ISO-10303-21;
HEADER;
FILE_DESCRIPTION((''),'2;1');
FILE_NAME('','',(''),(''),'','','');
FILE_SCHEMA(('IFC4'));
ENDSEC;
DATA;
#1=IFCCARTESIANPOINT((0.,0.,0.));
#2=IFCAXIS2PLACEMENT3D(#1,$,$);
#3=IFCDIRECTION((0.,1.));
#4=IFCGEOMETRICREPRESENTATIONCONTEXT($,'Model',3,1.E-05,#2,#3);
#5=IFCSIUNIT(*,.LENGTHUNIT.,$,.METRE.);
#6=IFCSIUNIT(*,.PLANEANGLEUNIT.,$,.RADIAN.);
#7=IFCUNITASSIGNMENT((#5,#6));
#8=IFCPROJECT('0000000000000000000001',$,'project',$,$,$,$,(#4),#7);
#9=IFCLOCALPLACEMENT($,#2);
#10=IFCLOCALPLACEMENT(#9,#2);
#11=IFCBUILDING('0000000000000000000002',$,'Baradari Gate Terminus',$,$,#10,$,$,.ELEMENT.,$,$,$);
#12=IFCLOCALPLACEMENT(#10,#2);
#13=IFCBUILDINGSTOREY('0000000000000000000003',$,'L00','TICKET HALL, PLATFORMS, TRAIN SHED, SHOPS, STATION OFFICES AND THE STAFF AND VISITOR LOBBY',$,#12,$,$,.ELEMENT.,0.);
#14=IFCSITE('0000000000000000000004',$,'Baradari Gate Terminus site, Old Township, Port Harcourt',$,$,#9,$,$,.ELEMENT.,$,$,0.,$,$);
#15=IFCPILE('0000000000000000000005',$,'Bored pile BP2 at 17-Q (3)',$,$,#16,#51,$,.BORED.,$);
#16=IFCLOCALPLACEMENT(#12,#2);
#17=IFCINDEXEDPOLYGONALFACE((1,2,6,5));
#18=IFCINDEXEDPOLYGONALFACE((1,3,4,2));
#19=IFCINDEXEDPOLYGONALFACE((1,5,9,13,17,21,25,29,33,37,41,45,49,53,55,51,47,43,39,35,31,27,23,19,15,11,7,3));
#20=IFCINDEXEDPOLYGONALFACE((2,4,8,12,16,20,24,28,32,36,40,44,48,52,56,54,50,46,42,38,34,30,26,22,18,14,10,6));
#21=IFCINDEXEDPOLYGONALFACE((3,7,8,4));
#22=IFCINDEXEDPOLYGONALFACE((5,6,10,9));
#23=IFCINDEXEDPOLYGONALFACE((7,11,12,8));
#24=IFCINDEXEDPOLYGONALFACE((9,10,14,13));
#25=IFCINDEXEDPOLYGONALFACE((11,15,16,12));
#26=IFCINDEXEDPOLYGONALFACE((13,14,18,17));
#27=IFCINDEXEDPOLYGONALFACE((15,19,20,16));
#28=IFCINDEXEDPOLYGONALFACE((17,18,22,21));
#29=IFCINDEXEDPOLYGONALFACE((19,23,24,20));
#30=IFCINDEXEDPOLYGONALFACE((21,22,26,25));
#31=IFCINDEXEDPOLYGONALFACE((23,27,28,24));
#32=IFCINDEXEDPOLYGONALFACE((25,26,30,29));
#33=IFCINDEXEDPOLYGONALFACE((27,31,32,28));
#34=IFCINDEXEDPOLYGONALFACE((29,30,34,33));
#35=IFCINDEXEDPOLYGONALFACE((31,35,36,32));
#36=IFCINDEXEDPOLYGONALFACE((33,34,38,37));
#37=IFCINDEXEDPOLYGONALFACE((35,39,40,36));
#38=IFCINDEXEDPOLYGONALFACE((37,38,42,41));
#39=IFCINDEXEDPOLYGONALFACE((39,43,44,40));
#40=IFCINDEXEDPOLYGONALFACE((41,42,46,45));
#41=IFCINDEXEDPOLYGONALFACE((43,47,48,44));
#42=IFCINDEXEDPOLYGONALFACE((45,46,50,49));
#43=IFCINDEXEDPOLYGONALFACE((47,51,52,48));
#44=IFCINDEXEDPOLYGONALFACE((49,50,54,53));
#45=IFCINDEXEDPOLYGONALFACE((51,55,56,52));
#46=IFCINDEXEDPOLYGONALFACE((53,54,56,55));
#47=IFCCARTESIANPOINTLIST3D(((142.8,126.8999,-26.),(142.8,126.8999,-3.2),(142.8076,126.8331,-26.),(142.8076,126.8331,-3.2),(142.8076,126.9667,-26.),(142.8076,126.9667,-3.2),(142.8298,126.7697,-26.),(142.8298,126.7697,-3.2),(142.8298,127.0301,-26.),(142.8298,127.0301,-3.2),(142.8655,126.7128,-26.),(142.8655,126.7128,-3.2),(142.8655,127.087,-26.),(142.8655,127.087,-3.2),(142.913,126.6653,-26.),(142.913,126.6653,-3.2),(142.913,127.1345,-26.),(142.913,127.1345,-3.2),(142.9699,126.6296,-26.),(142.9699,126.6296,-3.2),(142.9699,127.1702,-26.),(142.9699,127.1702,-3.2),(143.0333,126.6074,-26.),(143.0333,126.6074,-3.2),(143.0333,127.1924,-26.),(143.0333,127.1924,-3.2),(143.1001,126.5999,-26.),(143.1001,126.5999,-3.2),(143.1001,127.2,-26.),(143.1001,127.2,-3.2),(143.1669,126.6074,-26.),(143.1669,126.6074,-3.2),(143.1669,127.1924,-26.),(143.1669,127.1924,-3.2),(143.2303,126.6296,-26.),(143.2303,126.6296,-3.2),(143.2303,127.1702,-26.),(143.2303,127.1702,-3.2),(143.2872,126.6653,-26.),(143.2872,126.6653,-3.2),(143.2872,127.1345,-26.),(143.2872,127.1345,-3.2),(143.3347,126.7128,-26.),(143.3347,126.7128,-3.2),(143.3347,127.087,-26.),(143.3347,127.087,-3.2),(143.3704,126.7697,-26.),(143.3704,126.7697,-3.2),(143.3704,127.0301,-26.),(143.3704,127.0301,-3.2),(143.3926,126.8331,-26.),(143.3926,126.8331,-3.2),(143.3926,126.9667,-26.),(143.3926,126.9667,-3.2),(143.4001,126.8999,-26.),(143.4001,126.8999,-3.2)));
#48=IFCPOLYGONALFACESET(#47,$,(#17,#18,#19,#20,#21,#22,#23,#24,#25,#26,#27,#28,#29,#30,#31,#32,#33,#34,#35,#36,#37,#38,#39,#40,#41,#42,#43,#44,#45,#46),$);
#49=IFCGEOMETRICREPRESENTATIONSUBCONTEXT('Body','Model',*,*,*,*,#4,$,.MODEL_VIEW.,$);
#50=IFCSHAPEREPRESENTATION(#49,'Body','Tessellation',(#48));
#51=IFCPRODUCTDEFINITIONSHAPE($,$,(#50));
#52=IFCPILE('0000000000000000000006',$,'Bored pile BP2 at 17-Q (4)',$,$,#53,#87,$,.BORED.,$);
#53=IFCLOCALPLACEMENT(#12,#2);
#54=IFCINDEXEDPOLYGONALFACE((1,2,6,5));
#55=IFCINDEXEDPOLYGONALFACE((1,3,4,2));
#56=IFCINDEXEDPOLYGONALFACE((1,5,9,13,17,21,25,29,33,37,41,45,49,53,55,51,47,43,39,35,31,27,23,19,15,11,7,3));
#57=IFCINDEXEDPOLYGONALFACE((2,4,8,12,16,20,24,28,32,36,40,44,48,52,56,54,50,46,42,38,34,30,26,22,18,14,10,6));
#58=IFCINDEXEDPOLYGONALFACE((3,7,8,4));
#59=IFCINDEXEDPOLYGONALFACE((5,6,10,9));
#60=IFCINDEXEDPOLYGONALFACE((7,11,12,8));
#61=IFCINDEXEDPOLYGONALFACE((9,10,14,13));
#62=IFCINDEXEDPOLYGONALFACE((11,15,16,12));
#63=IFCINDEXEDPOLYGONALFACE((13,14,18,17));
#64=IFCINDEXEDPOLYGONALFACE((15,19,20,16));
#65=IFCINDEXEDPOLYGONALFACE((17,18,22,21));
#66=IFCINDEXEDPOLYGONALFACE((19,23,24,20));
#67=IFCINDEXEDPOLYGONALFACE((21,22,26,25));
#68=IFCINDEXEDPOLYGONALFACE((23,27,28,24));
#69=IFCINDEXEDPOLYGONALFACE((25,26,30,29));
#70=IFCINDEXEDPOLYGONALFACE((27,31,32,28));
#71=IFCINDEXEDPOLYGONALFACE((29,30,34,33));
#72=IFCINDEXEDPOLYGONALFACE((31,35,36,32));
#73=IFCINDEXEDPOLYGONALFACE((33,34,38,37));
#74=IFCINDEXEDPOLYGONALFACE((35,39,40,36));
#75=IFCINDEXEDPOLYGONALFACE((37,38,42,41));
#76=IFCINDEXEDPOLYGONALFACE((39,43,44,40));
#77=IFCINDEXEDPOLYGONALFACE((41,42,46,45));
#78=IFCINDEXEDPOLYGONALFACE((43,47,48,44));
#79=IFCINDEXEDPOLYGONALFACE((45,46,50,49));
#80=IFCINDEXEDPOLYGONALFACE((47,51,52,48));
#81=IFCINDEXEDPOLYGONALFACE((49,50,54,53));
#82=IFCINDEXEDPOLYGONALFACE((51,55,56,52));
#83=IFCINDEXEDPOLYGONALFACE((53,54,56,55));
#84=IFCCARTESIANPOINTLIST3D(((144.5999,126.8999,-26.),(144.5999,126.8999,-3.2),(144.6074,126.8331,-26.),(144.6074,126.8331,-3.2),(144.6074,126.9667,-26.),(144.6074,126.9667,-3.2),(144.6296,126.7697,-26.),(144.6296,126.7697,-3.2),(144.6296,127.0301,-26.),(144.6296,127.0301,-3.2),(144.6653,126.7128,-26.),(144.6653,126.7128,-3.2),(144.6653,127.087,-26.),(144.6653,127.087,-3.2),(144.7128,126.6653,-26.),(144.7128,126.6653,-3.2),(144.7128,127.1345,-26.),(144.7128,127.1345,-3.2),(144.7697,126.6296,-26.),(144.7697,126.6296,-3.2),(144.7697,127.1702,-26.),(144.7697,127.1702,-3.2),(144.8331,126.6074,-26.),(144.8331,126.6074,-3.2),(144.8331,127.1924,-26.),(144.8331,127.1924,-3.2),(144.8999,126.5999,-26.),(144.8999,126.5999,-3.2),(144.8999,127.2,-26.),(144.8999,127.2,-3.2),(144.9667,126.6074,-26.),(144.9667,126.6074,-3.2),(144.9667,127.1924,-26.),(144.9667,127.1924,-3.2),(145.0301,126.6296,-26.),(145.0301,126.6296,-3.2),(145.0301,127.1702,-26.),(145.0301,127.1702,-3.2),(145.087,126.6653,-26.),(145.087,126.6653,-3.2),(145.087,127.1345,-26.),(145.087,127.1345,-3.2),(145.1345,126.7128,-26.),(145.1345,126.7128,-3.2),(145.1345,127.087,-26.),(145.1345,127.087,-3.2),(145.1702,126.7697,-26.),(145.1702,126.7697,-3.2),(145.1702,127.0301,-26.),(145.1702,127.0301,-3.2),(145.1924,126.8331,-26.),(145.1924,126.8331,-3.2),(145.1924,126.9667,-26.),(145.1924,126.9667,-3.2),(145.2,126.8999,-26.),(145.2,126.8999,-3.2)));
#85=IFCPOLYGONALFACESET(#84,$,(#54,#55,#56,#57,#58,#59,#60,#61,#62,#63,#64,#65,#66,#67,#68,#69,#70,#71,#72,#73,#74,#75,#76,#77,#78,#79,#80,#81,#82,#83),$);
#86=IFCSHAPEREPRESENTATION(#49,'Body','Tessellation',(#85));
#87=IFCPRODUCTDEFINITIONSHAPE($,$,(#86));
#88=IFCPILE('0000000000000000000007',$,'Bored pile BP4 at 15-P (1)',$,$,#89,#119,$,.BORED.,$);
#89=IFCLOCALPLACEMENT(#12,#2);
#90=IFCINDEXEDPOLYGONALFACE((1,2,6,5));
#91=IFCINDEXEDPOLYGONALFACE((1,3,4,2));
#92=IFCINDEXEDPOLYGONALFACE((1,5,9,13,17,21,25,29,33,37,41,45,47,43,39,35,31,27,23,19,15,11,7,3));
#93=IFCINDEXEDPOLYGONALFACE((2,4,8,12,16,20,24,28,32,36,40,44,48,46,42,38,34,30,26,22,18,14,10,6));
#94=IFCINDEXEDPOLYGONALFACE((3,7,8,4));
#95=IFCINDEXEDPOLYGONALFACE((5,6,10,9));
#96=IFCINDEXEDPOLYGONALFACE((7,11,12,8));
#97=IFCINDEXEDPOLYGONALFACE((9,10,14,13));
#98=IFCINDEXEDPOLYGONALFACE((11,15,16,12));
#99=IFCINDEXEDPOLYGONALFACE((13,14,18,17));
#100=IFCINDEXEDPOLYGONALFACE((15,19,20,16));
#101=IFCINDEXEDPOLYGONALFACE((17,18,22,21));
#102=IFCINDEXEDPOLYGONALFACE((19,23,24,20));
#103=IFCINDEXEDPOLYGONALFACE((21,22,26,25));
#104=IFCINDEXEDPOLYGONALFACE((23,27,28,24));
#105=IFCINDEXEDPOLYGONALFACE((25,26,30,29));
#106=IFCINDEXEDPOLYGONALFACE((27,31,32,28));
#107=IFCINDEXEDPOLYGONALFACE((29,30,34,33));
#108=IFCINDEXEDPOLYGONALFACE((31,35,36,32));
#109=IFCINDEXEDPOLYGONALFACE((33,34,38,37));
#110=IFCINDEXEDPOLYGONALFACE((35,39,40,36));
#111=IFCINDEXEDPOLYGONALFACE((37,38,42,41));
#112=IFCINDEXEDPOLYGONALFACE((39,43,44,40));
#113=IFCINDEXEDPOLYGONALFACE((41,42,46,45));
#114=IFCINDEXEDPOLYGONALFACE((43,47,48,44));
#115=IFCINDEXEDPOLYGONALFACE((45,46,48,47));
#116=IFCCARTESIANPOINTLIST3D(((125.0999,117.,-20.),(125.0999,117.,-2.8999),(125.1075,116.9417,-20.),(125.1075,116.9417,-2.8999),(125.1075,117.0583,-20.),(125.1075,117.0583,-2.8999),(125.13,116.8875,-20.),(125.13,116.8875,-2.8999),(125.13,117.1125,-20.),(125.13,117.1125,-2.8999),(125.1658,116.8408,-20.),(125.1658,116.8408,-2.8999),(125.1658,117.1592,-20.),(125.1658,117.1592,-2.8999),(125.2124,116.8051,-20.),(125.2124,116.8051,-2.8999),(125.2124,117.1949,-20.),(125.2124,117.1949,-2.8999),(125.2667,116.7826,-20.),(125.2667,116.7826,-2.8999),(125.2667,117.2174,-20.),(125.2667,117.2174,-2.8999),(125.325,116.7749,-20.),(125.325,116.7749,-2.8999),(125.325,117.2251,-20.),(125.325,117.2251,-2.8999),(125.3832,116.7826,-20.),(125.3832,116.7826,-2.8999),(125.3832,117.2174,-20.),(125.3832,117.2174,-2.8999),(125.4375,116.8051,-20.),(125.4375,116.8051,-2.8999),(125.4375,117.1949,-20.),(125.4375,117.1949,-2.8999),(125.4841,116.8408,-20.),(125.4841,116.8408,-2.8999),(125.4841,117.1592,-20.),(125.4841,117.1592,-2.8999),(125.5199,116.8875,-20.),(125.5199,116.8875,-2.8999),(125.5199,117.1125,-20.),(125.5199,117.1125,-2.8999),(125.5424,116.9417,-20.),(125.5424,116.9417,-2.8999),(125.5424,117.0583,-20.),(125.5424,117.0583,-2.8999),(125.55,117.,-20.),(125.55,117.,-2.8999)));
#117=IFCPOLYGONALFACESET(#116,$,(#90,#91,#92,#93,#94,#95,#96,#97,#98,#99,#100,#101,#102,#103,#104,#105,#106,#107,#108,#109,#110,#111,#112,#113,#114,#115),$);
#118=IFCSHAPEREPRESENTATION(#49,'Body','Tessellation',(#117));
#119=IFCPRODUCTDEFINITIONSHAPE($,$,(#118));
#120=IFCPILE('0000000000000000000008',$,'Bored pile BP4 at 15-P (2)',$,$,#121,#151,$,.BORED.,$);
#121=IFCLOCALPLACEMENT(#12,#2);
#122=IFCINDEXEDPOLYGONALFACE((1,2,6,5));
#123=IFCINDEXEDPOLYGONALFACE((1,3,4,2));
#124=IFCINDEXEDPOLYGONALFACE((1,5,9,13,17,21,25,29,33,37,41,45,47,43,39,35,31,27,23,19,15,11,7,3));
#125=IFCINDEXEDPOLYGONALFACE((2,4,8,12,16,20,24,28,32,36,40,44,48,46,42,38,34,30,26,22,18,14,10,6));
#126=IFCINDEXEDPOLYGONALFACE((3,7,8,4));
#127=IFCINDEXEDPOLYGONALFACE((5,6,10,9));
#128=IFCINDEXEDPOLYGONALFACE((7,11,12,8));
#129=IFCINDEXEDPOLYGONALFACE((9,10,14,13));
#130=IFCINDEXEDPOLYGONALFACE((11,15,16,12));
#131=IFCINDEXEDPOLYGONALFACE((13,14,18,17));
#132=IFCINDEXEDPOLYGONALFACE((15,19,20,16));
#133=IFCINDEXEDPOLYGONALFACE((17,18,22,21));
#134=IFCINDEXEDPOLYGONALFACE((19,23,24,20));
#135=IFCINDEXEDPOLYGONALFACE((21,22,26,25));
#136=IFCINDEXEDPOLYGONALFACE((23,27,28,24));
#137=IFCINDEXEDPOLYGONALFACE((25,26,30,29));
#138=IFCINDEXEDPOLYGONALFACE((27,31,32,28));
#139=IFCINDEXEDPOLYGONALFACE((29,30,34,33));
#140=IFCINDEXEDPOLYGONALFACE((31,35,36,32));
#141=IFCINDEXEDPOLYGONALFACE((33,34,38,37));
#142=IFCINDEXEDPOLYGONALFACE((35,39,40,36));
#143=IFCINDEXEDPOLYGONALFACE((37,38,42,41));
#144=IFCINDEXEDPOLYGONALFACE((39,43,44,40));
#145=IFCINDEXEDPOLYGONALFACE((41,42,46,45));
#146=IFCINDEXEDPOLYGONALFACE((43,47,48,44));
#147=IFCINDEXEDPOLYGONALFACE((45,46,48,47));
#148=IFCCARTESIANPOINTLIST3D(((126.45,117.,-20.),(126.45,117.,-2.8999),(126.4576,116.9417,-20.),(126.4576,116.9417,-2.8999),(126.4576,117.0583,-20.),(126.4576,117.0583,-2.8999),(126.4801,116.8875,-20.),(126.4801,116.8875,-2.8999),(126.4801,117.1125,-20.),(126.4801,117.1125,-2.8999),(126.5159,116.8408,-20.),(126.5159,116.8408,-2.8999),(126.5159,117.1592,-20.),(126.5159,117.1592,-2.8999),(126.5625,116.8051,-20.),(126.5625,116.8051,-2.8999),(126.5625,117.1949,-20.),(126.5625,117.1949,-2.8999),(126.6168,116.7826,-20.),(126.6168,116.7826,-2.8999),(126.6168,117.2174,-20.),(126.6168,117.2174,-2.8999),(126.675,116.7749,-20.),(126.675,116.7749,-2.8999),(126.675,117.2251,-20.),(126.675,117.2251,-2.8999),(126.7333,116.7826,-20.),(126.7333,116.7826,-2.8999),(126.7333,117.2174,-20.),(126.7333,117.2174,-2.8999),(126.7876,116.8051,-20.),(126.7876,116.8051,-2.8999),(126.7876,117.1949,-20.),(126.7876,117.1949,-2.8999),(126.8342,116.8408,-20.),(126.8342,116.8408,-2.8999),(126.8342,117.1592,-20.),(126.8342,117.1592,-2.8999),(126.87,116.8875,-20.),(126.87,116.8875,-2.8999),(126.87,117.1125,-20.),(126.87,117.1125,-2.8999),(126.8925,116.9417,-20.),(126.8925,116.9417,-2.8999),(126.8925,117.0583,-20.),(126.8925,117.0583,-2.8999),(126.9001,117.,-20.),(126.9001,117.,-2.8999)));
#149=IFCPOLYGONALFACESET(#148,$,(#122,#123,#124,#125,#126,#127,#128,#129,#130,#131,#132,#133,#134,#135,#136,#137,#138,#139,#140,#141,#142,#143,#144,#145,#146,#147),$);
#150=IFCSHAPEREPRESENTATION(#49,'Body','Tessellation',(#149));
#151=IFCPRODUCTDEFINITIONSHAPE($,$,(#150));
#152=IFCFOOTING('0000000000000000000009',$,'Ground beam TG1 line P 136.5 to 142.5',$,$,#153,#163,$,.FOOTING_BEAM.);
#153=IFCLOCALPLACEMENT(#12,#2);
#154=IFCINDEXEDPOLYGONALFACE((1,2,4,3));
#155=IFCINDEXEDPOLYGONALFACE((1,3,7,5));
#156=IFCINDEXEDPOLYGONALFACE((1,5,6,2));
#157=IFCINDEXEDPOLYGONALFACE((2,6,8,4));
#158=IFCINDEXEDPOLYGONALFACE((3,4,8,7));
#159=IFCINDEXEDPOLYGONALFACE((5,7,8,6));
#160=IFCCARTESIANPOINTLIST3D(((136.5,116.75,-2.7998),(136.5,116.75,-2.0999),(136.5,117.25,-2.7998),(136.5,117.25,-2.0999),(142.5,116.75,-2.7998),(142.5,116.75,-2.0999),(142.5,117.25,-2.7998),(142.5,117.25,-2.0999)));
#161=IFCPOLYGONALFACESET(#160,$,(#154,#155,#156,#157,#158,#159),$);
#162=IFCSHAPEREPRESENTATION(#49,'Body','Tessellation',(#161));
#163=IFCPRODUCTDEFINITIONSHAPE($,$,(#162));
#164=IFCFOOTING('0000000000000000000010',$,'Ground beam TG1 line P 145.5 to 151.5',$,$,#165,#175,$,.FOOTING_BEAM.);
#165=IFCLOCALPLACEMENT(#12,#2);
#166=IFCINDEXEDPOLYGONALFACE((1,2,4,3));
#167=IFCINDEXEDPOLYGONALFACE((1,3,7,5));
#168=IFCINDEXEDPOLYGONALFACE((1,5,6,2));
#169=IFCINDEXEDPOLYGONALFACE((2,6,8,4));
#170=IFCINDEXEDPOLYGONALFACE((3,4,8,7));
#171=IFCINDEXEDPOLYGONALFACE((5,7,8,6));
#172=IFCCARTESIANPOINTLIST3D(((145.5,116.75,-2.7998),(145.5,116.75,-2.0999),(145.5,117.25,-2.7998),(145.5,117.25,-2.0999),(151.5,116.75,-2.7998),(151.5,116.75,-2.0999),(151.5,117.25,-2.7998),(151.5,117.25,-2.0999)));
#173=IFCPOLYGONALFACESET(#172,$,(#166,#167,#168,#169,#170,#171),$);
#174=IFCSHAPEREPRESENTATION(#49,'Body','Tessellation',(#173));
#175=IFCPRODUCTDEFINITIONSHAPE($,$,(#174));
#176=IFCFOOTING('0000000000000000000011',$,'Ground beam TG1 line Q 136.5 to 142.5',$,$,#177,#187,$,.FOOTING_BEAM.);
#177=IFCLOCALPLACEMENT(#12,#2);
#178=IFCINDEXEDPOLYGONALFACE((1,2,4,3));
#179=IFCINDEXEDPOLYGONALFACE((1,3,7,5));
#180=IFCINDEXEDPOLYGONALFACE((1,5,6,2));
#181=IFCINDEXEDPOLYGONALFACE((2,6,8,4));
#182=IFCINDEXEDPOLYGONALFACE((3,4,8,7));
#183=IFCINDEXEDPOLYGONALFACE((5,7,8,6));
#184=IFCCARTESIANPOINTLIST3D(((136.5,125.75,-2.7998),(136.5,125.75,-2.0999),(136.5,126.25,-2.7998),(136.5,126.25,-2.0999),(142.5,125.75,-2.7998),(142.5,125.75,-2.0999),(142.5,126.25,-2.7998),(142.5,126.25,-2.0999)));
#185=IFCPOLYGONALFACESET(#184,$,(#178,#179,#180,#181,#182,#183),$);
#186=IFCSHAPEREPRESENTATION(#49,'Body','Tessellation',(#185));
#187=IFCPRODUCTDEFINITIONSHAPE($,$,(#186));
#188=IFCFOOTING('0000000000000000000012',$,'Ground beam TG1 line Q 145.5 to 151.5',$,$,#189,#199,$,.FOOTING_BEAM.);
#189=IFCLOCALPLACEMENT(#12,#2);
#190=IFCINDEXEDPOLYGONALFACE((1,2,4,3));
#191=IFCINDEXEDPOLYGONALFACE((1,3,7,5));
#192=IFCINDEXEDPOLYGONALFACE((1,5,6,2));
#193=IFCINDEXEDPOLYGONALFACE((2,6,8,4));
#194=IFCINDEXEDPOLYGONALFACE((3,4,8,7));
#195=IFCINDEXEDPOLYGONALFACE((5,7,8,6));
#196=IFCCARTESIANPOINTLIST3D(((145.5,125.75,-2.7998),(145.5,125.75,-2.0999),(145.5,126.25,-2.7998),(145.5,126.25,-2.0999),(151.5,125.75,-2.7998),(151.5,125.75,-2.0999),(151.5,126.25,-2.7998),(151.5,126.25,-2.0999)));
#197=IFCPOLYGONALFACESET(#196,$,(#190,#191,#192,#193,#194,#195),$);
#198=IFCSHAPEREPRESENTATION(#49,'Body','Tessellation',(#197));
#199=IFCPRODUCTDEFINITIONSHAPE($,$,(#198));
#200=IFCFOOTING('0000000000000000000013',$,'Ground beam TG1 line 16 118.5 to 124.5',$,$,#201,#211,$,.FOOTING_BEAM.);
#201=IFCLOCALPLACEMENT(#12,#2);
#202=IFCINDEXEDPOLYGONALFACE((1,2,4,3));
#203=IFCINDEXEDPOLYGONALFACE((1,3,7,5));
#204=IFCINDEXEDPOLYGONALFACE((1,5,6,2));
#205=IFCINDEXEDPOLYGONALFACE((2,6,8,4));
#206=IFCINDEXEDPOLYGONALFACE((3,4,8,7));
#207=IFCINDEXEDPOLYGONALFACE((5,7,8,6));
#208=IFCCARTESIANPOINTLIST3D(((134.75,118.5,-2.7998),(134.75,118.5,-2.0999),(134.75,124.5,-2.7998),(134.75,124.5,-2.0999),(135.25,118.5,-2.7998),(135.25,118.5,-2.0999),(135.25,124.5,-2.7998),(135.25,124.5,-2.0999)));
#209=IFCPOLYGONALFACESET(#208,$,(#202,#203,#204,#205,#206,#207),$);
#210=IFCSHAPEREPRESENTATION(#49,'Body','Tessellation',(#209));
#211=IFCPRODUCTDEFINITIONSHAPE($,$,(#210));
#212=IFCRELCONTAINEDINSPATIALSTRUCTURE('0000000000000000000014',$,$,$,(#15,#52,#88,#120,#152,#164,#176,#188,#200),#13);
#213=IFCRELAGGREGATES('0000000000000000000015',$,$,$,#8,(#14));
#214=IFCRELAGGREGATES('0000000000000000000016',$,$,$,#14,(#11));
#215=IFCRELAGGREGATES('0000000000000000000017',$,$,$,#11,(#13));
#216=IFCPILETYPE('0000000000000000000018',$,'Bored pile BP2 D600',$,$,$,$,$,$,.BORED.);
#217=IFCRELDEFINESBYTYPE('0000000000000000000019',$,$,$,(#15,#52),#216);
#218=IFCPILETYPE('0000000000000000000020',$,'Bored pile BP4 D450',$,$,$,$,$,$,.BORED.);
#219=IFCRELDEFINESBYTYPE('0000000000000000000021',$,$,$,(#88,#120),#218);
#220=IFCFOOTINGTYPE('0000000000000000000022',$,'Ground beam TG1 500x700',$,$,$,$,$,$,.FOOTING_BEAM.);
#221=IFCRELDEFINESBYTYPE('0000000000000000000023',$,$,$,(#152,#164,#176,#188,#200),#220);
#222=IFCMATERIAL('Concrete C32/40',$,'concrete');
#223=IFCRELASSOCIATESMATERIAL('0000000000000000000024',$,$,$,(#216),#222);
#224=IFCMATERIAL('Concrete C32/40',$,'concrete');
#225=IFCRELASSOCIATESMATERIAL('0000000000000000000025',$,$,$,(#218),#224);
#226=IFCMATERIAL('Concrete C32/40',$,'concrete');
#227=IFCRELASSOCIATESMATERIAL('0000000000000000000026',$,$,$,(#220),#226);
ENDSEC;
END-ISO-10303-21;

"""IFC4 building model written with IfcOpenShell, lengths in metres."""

from ifc_helpers import new_model, si_unit, direction, frame, origin, origin_2d, place, context, subcontext, project, spatial, rectangle, circle, extrude, material, type_object, element, save


model = new_model("IFC4")

# Units and contexts
model_context = context("Model", 3, precision=1e-05, world=origin(), true_north=direction((0.0, 1.0)))
body_context = subcontext(model_context, "Body", "Model", "MODEL_VIEW")
ifc_project = project(units=[si_unit("LENGTHUNIT", "METRE"), si_unit("PLANEANGLEUNIT", "RADIAN")], contexts=[model_context])

# Site, building, storey
site_placement = place(None, origin())
site = spatial("IfcSite", under=ifc_project, at=site_placement, Name="Baradari Gate Terminus site, Old Township, Port Harcourt", CompositionType="ELEMENT", RefElevation=0.0)
building_placement = place(site_placement, origin())
building = spatial("IfcBuilding", under=site, at=building_placement, Name="Baradari Gate Terminus", CompositionType="ELEMENT")
storey_placement = place(building_placement, origin())
storey = spatial("IfcBuildingStorey", under=building, at=storey_placement, Name="L00", Description="TICKET HALL, PLATFORMS, TRAIN SHED, SHOPS, STATION OFFICES AND THE STAFF AND VISITOR LOBBY", CompositionType="ELEMENT", Elevation=0.0)

# Piles
ifc_material_1 = material(Name="Concrete C32/40", Category="concrete")
pile_type_1 = type_object("IfcPileType", Name="Bored pile BP2 D600", PredefinedType="BORED", material=ifc_material_1)
for number, where, z_axis, x_axis, name in (
    (1, (143.1001, 126.8999, -3.2), (0.0, 0.0, -1.0), (1.0, 0.0, 0.0), "Bored pile BP2 at 17-Q (3)"),
    (2, (144.8999, 126.8999, -3.2), (0.0, 0.0, -1.0), (1.0, 0.0, 0.0), "Bored pile BP2 at 17-Q (4)"),
):
    element("IfcPile", number, at=place(storey_placement, frame(where, z_axis=z_axis, x_axis=x_axis)), inside=storey, type_object=pile_type_1, Name=name, PredefinedType="BORED", context=body_context, shape_type="SweptSolid", body=[
        extrude(circle(Radius=0.3, at=origin_2d()), origin(), (0.0, 0.0, 1.0), 22.8),
    ])
ifc_material_2 = material(Name="Concrete C32/40", Category="concrete")
pile_type_2 = type_object("IfcPileType", Name="Bored pile BP4 D450", PredefinedType="BORED", material=ifc_material_2)
for number, where, z_axis, x_axis, name in (
    (3, (125.325, 117.0, -2.8999), (0.0, 0.0, -1.0), (1.0, 0.0, 0.0), "Bored pile BP4 at 15-P (1)"),
    (4, (126.675, 117.0, -2.8999), (0.0, 0.0, -1.0), (1.0, 0.0, 0.0), "Bored pile BP4 at 15-P (2)"),
):
    element("IfcPile", number, at=place(storey_placement, frame(where, z_axis=z_axis, x_axis=x_axis)), inside=storey, type_object=pile_type_2, Name=name, PredefinedType="BORED", context=body_context, shape_type="SweptSolid", body=[
        extrude(circle(Radius=0.2251, at=origin_2d()), origin(), (0.0, 0.0, 1.0), 17.1001),
    ])

# Footings
ifc_material_3 = material(Name="Concrete C32/40", Category="concrete")
footing_type_1 = type_object("IfcFootingType", Name="Ground beam TG1 500x700", PredefinedType="FOOTING_BEAM", material=ifc_material_3)
for number, where, z_axis, x_axis, name in (
    (5, (139.5, 117.0, -2.7998), (0.0, 0.0, 1.0), (1.0, 0.0, 0.0), "Ground beam TG1 line P 136.5 to 142.5"),
    (6, (148.5, 117.0, -2.7998), (0.0, 0.0, 1.0), (1.0, 0.0, 0.0), "Ground beam TG1 line P 145.5 to 151.5"),
    (7, (139.5, 126.0, -2.7998), (0.0, 0.0, 1.0), (1.0, 0.0, 0.0), "Ground beam TG1 line Q 136.5 to 142.5"),
    (8, (148.5, 126.0, -2.7998), (0.0, 0.0, 1.0), (1.0, 0.0, 0.0), "Ground beam TG1 line Q 145.5 to 151.5"),
):
    element("IfcFooting", number, at=place(storey_placement, frame(where, z_axis=z_axis, x_axis=x_axis)), inside=storey, type_object=footing_type_1, Name=name, PredefinedType="FOOTING_BEAM", context=body_context, shape_type="SweptSolid", body=[
        extrude(rectangle(XDim=6.0, YDim=0.5, at=origin_2d()), origin(), (0.0, 0.0, 1.0), 0.7),
    ])
for number, where, z_axis, x_axis, name in (
    (9, (135.0, 121.5, -2.7998), (0.0, 0.0, 1.0), (1.0, 0.0, 0.0), "Ground beam TG1 line 16 118.5 to 124.5"),
):
    element("IfcFooting", number, at=place(storey_placement, frame(where, z_axis=z_axis, x_axis=x_axis)), inside=storey, type_object=footing_type_1, Name=name, PredefinedType="FOOTING_BEAM", context=body_context, shape_type="SweptSolid", body=[
        extrude(rectangle(XDim=0.5, YDim=6.0, at=origin_2d()), origin(), (0.0, 0.0, 1.0), 0.7),
    ])

save(model, "model.ifc")
